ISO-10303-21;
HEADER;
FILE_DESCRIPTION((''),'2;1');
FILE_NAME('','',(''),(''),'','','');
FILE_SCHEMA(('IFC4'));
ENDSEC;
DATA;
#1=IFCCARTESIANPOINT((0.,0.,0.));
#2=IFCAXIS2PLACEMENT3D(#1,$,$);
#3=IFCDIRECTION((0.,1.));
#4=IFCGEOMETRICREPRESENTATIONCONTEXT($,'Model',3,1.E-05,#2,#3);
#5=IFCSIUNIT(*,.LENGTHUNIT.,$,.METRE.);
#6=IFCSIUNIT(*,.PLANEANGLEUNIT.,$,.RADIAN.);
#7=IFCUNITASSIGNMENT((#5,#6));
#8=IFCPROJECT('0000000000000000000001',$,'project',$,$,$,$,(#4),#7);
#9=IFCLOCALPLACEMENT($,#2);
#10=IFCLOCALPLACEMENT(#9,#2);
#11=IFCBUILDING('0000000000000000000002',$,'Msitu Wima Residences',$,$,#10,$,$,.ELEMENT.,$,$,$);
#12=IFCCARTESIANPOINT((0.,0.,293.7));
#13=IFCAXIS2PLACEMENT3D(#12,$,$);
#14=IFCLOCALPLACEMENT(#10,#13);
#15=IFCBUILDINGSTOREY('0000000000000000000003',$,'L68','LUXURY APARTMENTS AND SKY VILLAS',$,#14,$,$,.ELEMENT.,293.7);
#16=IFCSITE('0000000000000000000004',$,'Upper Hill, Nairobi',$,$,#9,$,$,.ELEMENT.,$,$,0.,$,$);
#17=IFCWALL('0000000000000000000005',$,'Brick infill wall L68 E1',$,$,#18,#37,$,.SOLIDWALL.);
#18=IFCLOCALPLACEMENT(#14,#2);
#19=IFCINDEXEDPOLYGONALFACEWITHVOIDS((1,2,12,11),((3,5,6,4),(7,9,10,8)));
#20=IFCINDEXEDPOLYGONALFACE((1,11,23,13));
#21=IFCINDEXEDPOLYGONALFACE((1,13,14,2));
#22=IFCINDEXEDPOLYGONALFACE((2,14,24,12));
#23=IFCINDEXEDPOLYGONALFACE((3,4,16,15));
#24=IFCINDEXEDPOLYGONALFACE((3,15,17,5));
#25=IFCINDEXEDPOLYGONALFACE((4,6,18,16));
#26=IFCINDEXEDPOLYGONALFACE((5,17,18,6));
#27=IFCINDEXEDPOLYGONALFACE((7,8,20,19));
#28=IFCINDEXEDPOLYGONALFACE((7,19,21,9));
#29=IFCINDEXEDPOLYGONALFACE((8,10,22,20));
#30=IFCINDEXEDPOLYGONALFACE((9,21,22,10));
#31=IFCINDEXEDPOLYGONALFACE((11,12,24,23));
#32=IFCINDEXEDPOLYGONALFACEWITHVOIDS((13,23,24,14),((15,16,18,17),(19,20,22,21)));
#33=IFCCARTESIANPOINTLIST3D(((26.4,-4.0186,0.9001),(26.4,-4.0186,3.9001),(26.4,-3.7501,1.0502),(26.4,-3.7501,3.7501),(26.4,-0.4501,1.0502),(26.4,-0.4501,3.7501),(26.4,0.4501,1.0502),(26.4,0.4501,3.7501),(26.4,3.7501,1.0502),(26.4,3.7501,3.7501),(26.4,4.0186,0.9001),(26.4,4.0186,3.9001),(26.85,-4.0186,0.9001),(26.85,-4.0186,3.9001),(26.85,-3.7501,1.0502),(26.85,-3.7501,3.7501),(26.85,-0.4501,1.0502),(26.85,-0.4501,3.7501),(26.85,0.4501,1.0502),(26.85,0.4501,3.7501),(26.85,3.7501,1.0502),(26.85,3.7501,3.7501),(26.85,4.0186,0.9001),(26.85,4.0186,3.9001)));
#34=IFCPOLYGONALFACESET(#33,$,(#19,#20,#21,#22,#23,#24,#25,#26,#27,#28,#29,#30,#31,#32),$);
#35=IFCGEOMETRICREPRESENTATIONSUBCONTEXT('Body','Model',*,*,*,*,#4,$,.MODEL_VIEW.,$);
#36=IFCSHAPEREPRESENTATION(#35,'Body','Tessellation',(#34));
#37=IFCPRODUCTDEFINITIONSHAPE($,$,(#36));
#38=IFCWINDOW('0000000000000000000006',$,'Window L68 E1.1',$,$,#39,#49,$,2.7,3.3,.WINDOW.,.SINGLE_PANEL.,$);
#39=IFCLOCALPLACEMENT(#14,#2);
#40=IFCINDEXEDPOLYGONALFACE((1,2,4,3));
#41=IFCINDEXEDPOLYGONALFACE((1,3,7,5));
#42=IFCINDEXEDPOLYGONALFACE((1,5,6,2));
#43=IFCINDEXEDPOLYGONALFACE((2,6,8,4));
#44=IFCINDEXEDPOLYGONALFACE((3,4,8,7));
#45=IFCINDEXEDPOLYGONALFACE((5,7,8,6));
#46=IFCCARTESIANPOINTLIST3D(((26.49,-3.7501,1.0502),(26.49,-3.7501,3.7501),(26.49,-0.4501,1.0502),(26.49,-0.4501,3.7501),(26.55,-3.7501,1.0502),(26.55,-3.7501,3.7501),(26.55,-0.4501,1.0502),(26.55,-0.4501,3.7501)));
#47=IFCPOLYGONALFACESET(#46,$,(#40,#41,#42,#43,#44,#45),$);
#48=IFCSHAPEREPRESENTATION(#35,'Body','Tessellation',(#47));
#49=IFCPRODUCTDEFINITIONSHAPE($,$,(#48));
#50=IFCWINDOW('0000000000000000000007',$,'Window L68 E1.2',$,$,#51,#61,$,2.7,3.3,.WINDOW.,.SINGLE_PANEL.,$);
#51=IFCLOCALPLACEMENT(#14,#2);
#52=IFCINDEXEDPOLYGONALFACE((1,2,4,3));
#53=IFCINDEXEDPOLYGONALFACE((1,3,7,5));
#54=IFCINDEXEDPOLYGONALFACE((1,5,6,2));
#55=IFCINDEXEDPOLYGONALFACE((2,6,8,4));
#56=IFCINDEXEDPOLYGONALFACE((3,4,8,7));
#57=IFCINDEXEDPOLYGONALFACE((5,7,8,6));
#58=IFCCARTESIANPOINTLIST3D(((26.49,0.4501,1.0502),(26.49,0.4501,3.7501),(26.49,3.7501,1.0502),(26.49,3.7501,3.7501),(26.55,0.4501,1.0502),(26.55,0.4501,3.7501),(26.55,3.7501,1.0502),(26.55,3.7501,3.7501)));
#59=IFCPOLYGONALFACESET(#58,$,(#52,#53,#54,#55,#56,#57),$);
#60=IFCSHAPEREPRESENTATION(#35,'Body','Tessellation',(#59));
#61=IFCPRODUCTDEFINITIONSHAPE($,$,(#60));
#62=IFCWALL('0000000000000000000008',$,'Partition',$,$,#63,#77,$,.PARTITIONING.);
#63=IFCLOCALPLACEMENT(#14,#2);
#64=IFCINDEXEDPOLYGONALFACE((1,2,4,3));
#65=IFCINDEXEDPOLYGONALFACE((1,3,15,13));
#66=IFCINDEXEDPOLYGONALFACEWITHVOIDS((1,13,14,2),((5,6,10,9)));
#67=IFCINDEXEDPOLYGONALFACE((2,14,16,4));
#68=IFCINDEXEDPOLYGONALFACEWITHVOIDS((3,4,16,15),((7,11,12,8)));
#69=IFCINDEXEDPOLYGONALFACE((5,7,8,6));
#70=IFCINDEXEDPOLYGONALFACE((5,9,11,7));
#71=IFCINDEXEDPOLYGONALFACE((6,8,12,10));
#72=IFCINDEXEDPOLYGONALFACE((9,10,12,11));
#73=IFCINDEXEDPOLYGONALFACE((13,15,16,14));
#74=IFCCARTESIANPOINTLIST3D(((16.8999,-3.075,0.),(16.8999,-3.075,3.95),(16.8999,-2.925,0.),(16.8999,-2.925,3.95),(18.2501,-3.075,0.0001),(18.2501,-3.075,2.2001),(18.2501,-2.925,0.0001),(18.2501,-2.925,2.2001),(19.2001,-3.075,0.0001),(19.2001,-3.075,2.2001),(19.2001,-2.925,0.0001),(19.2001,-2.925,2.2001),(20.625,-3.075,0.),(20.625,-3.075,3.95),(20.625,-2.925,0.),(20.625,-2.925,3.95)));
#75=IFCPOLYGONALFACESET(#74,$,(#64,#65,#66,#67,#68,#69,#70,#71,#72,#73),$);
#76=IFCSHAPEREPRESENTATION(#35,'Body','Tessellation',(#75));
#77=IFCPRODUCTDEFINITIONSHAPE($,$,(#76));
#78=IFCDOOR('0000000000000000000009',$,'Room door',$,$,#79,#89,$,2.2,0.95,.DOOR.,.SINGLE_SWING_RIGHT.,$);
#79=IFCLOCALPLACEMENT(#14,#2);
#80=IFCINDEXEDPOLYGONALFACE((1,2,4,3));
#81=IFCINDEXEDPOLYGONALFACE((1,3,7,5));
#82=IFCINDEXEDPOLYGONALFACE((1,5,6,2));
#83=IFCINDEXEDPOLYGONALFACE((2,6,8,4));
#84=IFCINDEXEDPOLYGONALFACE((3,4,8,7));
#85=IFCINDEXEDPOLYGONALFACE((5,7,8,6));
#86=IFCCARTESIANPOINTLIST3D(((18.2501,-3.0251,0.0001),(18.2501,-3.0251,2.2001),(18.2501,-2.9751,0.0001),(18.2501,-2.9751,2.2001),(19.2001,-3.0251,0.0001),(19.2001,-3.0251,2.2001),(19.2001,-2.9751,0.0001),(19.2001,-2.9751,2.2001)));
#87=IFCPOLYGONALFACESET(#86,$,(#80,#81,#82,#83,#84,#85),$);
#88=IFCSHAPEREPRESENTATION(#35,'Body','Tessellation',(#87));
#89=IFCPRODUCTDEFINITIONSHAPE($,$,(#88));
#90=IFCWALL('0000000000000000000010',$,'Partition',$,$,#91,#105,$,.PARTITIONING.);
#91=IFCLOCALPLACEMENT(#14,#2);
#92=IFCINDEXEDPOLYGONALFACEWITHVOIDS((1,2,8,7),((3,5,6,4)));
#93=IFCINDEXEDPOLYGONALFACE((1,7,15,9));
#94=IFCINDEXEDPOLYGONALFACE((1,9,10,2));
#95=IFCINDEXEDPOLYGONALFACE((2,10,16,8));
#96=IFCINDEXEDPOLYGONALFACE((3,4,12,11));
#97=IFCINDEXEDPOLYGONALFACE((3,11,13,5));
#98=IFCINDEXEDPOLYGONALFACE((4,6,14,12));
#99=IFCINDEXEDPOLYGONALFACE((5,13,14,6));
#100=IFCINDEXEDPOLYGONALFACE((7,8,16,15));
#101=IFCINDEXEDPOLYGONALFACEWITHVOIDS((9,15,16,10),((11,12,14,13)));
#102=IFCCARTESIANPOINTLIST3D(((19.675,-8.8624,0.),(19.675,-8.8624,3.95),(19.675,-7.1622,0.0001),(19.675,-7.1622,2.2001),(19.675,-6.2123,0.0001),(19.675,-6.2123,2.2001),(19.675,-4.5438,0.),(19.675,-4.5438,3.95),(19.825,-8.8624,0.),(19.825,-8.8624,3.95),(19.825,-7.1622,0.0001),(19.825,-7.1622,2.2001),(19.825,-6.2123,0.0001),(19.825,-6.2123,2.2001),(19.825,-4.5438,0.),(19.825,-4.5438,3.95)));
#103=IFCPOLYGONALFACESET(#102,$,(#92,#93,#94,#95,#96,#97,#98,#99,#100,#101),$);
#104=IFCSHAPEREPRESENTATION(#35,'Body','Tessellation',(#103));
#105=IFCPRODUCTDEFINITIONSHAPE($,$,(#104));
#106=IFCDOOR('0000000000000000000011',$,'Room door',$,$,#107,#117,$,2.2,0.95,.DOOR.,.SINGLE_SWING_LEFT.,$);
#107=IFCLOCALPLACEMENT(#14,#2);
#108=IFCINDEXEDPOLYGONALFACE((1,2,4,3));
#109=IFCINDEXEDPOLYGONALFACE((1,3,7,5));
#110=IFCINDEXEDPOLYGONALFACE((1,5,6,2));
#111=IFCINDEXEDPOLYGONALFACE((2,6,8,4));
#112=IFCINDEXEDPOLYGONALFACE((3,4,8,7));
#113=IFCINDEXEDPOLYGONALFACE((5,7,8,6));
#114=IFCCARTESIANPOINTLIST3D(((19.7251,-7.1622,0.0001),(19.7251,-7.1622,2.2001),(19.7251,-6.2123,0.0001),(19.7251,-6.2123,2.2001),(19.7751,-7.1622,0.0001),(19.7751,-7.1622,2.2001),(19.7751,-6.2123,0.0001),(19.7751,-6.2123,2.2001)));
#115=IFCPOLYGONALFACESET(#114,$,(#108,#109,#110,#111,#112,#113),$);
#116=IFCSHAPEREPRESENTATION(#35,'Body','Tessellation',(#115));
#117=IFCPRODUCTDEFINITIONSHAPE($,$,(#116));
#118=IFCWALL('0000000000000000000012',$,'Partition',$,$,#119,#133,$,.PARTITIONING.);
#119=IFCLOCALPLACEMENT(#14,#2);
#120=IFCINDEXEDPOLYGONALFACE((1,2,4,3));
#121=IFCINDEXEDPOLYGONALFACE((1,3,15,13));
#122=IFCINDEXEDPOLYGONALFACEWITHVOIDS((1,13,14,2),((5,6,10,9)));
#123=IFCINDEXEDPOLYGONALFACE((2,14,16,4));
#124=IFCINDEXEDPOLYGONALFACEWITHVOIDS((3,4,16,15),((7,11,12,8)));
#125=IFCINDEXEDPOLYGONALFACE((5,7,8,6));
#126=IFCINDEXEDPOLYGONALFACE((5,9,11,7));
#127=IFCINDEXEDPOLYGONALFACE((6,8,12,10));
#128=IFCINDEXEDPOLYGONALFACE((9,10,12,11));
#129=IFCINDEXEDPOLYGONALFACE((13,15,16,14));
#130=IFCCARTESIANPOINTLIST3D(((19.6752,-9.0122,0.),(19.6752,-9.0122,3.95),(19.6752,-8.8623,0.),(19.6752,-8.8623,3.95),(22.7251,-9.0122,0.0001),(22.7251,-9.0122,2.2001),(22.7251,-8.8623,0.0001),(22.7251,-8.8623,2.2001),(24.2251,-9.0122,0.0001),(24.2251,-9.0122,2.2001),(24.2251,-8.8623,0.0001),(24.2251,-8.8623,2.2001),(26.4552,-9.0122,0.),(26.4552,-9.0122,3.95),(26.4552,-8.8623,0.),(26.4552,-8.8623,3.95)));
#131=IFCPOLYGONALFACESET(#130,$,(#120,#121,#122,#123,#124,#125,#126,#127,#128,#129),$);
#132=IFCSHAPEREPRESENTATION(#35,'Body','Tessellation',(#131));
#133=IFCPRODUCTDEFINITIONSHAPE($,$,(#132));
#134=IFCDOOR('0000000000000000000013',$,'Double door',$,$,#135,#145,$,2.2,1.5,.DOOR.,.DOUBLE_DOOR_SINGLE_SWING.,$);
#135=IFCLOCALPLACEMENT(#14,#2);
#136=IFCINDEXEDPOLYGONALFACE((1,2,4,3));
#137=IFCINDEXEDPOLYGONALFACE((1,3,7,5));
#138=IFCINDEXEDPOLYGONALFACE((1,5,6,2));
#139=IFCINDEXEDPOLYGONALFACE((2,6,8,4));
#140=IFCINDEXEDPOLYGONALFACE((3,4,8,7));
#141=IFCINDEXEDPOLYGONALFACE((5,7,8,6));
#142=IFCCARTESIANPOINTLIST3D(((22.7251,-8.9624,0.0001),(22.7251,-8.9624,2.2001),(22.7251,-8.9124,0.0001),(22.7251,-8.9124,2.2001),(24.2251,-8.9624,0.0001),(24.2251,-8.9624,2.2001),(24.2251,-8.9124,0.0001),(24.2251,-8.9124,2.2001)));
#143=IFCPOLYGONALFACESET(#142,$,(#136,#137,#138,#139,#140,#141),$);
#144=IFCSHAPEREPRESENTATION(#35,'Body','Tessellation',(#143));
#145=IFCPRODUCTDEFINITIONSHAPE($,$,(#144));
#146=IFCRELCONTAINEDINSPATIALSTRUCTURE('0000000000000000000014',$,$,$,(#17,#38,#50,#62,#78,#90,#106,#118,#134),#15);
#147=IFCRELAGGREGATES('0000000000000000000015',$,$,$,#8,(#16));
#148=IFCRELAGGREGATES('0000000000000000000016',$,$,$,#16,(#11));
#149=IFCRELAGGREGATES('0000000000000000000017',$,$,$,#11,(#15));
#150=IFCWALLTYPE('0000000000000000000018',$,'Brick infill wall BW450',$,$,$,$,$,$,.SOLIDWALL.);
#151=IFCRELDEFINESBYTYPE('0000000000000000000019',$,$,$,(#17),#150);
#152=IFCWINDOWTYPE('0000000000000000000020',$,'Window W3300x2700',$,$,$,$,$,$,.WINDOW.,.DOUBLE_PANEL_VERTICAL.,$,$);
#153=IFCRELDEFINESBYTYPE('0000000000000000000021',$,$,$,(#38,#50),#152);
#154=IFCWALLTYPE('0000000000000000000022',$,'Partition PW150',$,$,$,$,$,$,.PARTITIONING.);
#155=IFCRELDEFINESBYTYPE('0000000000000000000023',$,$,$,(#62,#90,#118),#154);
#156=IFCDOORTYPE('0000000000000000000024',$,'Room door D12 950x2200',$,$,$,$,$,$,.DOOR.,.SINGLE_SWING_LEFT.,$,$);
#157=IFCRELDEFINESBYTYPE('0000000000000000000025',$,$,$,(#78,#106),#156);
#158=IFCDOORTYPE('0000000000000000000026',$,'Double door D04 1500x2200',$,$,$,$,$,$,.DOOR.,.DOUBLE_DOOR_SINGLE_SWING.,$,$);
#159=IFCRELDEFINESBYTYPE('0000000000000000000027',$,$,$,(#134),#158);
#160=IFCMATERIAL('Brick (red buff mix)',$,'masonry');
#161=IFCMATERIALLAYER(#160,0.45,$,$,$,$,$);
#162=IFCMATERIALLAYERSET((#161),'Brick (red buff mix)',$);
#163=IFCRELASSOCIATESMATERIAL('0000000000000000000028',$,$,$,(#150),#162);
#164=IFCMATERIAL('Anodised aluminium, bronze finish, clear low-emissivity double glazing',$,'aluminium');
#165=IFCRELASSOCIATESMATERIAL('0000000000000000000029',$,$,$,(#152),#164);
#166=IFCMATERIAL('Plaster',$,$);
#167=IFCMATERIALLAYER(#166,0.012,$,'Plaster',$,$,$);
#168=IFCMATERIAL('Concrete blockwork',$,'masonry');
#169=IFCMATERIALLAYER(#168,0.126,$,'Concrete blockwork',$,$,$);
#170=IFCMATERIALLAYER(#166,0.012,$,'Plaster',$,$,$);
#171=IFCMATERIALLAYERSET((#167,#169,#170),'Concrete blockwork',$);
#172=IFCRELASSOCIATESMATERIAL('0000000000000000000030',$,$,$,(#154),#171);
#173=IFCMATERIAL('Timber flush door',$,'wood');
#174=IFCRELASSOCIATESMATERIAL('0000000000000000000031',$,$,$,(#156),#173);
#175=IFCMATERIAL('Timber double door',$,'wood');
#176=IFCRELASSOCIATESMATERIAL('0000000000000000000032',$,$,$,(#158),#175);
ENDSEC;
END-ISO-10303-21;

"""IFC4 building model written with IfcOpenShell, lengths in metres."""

from ifc_helpers import new_model, si_unit, direction, frame, frame_2d, origin, place, context, subcontext, project, spatial, rectangle, extrude, material, layer, layer_set, type_object, element, fill, save


model = new_model("IFC4")

# Units and contexts
model_context = context("Model", 3, precision=1e-05, world=origin(), true_north=direction((0.0, 1.0)))
body_context = subcontext(model_context, "Body", "Model", "MODEL_VIEW")
ifc_project = project(units=[si_unit("LENGTHUNIT", "METRE"), si_unit("PLANEANGLEUNIT", "RADIAN")], contexts=[model_context])

# Site, building, storey
site_placement = place(None, origin())
site = spatial("IfcSite", under=ifc_project, at=site_placement, Name="Upper Hill, Nairobi", CompositionType="ELEMENT", RefElevation=0.0)
building_placement = place(site_placement, origin())
building = spatial("IfcBuilding", under=site, at=building_placement, Name="Msitu Wima Residences", CompositionType="ELEMENT")
storey_placement = place(building_placement, frame((0.0, 0.0, 293.7)))
storey = spatial("IfcBuildingStorey", under=building, at=storey_placement, Name="L68", Description="LUXURY APARTMENTS AND SKY VILLAS", CompositionType="ELEMENT", Elevation=293.7)

# Shared definitions
ifc_material_1 = material(Name="Brick (red buff mix)", Category="masonry")
ifc_layer_1 = layer(ifc_material_1, 0.45)
ifc_layer_set_1 = layer_set([ifc_layer_1], Name="Brick (red buff mix)")
wall_type_1 = type_object("IfcWallType", Name="Brick infill wall BW450", PredefinedType="SOLIDWALL", material=ifc_layer_set_1)
ifc_material_2 = material(Name="Anodised aluminium, bronze finish, clear low-emissivity double glazing", Category="aluminium")
window_type = type_object("IfcWindowType", Name="Window W3300x2700", PartitioningType="DOUBLE_PANEL_VERTICAL", PredefinedType="WINDOW", material=ifc_material_2)

# Wall, openings, windows
wall_1_placement = place(storey_placement, frame((26.625, -4.0186, 0.9001), z_axis=(0.0, 0.0, 1.0), x_axis=(0.0, 1.0, 0.0)))
wall_1 = element("IfcWall", 1, at=wall_1_placement, inside=storey, type_object=wall_type_1, Name="Brick infill wall L68 E1", PredefinedType="SOLIDWALL", context=body_context, shape_type="SweptSolid", body=[
    extrude(rectangle(XDim=8.0371, YDim=0.45, at=frame_2d((4.0186, 0.0))), origin(), (0.0, 0.0, 1.0), 3.0),
])
opening_1_placement = place(wall_1_placement, frame((0.2686, 0.0, 0.1499)))
opening_1 = element("IfcOpeningElement", 2, at=opening_1_placement, cuts=wall_1, PredefinedType="OPENING", context=body_context, shape_type="SweptSolid", body=[
    extrude(rectangle(XDim=3.3, YDim=2.7, at=frame_2d((1.6499, 1.3501))), frame((0.0, 0.2349, 0.0), z_axis=(0.0, -1.0, 0.0), x_axis=(1.0, 0.0, 0.0)), (0.0, 0.0, 1.0), 0.47),
])
opening_2_placement = place(wall_1_placement, frame((4.4688, 0.0, 0.1499)))
opening_2 = element("IfcOpeningElement", 3, at=opening_2_placement, cuts=wall_1, PredefinedType="OPENING", context=body_context, shape_type="SweptSolid", body=[
    extrude(rectangle(XDim=3.3, YDim=2.7, at=frame_2d((1.6499, 1.3501))), frame((0.0, 0.2349, 0.0), z_axis=(0.0, -1.0, 0.0), x_axis=(1.0, 0.0, 0.0)), (0.0, 0.0, 1.0), 0.47),
])
window_1_placement = place(opening_1_placement, origin())
window_1 = element("IfcWindow", 4, at=window_1_placement, inside=storey, type_object=window_type, Name="Window L68 E1.1", OverallHeight=2.7, OverallWidth=3.3, PartitioningType="SINGLE_PANEL", PredefinedType="WINDOW", context=body_context, shape_type="SweptSolid", body=[
    extrude(rectangle(XDim=3.3, YDim=2.7, at=frame_2d((1.6499, 1.3501))), frame((0.0, 0.135, 0.0), z_axis=(0.0, -1.0, 0.0), x_axis=(1.0, 0.0, 0.0)), (0.0, 0.0, 1.0), 0.0601),
])
fill(opening_1, window_1)
window_2_placement = place(opening_2_placement, origin())
window_2 = element("IfcWindow", 5, at=window_2_placement, inside=storey, type_object=window_type, Name="Window L68 E1.2", OverallHeight=2.7, OverallWidth=3.3, PartitioningType="SINGLE_PANEL", PredefinedType="WINDOW", context=body_context, shape_type="SweptSolid", body=[
    extrude(rectangle(XDim=3.3, YDim=2.7, at=frame_2d((1.6499, 1.3501))), frame((0.0, 0.135, 0.0), z_axis=(0.0, -1.0, 0.0), x_axis=(1.0, 0.0, 0.0)), (0.0, 0.0, 1.0), 0.0601),
])
fill(opening_2, window_2)

# Walls, openings, doors
ifc_material_3 = material(Name="Plaster")
ifc_layer_2 = layer(ifc_material_3, 0.012, Name="Plaster")
ifc_material_4 = material(Name="Concrete blockwork", Category="masonry")
ifc_layer_3 = layer(ifc_material_4, 0.126, Name="Concrete blockwork")
ifc_layer_4 = layer(ifc_material_3, 0.012, Name="Plaster")
ifc_layer_set_2 = layer_set([ifc_layer_2, ifc_layer_3, ifc_layer_4], Name="Concrete blockwork")
wall_type_2 = type_object("IfcWallType", Name="Partition PW150", PredefinedType="PARTITIONING", material=ifc_layer_set_2)
wall_2_placement = place(storey_placement, frame((16.8999, -3.0, 0.0), z_axis=(0.0, 0.0, 1.0), x_axis=(1.0, 0.0, 0.0)))
wall_2 = element("IfcWall", 6, at=wall_2_placement, inside=storey, type_object=wall_type_2, Name="Partition", PredefinedType="PARTITIONING", context=body_context, shape_type="SweptSolid", body=[
    extrude(rectangle(XDim=3.7251, YDim=0.1499, at=frame_2d((1.8625, 0.0))), origin(), (0.0, 0.0, 1.0), 3.95),
])
opening_3_placement = place(wall_2_placement, frame((1.3501, 0.0, 0.0)))
opening_3 = element("IfcOpeningElement", 7, at=opening_3_placement, cuts=wall_2, PredefinedType="OPENING", context=body_context, shape_type="SweptSolid", body=[
    extrude(rectangle(XDim=0.95, YDim=2.2, at=frame_2d((0.4751, 1.1001))), frame((0.0, 0.085, 0.0), z_axis=(0.0, -1.0, 0.0), x_axis=(1.0, 0.0, 0.0)), (0.0, 0.0, 1.0), 0.1699),
])
ifc_material_5 = material(Name="Timber flush door", Category="wood")
door_type_1 = type_object("IfcDoorType", Name="Room door D12 950x2200", OperationType="SINGLE_SWING_LEFT", PredefinedType="DOOR", material=ifc_material_5)
door_1_placement = place(opening_3_placement, origin())
door_1 = element("IfcDoor", 8, at=door_1_placement, inside=storey, type_object=door_type_1, Name="Room door", OperationType="SINGLE_SWING_RIGHT", OverallHeight=2.2, OverallWidth=0.95, PredefinedType="DOOR", context=body_context, shape_type="SweptSolid", body=[
    extrude(rectangle(XDim=0.95, YDim=2.2, at=frame_2d((0.4751, 1.1001))), frame((0.0, 0.0249, 0.0), z_axis=(0.0, -1.0, 0.0), x_axis=(1.0, 0.0, 0.0)), (0.0, 0.0, 1.0), 0.05),
])
fill(opening_3, door_1)
wall_3_placement = place(storey_placement, frame((19.75, -8.8623, 0.0), z_axis=(0.0, 0.0, 1.0), x_axis=(0.0, 1.0, 0.0)))
wall_3 = element("IfcWall", 9, at=wall_3_placement, inside=storey, type_object=wall_type_2, Name="Partition", PredefinedType="PARTITIONING", context=body_context, shape_type="SweptSolid", body=[
    extrude(rectangle(XDim=4.3186, YDim=0.1499, at=frame_2d((2.1592, 0.0))), origin(), (0.0, 0.0, 1.0), 3.95),
])
opening_4_placement = place(wall_3_placement, frame((1.7, 0.0, 0.0)))
opening_4 = element("IfcOpeningElement", 10, at=opening_4_placement, cuts=wall_3, PredefinedType="OPENING", context=body_context, shape_type="SweptSolid", body=[
    extrude(rectangle(XDim=0.95, YDim=2.2, at=frame_2d((0.4751, 1.1001))), frame((0.0, 0.085, 0.0), z_axis=(0.0, -1.0, 0.0), x_axis=(1.0, 0.0, 0.0)), (0.0, 0.0, 1.0), 0.1699),
])
door_2_placement = place(opening_4_placement, origin())
door_2 = element("IfcDoor", 11, at=door_2_placement, inside=storey, type_object=door_type_1, Name="Room door", OperationType="SINGLE_SWING_LEFT", OverallHeight=2.2, OverallWidth=0.95, PredefinedType="DOOR", context=body_context, shape_type="SweptSolid", body=[
    extrude(rectangle(XDim=0.95, YDim=2.2, at=frame_2d((0.4751, 1.1001))), frame((0.0, 0.0249, 0.0), z_axis=(0.0, -1.0, 0.0), x_axis=(1.0, 0.0, 0.0)), (0.0, 0.0, 1.0), 0.05),
])
fill(opening_4, door_2)
wall_4_placement = place(storey_placement, frame((19.675, -8.9373, 0.0), z_axis=(0.0, 0.0, 1.0), x_axis=(1.0, 0.0, 0.0)))
wall_4 = element("IfcWall", 12, at=wall_4_placement, inside=storey, type_object=wall_type_2, Name="Partition", PredefinedType="PARTITIONING", context=body_context, shape_type="SweptSolid", body=[
    extrude(rectangle(XDim=6.78, YDim=0.1499, at=frame_2d((3.3901, 0.0))), origin(), (0.0, 0.0, 1.0), 3.95),
])
opening_5_placement = place(wall_4_placement, frame((3.05, 0.0, 0.0)))
opening_5 = element("IfcOpeningElement", 13, at=opening_5_placement, cuts=wall_4, PredefinedType="OPENING", context=body_context, shape_type="SweptSolid", body=[
    extrude(rectangle(XDim=1.5, YDim=2.2, at=frame_2d((0.75, 1.1001))), frame((0.0, 0.085, 0.0), z_axis=(0.0, -1.0, 0.0), x_axis=(1.0, 0.0, 0.0)), (0.0, 0.0, 1.0), 0.1699),
])
ifc_material_6 = material(Name="Timber double door", Category="wood")
door_type_2 = type_object("IfcDoorType", Name="Double door D04 1500x2200", OperationType="DOUBLE_DOOR_SINGLE_SWING", PredefinedType="DOOR", material=ifc_material_6)
door_3_placement = place(opening_5_placement, origin())
door_3 = element("IfcDoor", 14, at=door_3_placement, inside=storey, type_object=door_type_2, Name="Double door", OperationType="DOUBLE_DOOR_SINGLE_SWING", OverallHeight=2.2, OverallWidth=1.5, PredefinedType="DOOR", context=body_context, shape_type="SweptSolid", body=[
    extrude(rectangle(XDim=1.5, YDim=2.2, at=frame_2d((0.75, 1.1001))), frame((0.0, 0.0249, 0.0), z_axis=(0.0, -1.0, 0.0), x_axis=(1.0, 0.0, 0.0)), (0.0, 0.0, 1.0), 0.05),
])
fill(opening_5, door_3)

save(model, "model.ifc")
